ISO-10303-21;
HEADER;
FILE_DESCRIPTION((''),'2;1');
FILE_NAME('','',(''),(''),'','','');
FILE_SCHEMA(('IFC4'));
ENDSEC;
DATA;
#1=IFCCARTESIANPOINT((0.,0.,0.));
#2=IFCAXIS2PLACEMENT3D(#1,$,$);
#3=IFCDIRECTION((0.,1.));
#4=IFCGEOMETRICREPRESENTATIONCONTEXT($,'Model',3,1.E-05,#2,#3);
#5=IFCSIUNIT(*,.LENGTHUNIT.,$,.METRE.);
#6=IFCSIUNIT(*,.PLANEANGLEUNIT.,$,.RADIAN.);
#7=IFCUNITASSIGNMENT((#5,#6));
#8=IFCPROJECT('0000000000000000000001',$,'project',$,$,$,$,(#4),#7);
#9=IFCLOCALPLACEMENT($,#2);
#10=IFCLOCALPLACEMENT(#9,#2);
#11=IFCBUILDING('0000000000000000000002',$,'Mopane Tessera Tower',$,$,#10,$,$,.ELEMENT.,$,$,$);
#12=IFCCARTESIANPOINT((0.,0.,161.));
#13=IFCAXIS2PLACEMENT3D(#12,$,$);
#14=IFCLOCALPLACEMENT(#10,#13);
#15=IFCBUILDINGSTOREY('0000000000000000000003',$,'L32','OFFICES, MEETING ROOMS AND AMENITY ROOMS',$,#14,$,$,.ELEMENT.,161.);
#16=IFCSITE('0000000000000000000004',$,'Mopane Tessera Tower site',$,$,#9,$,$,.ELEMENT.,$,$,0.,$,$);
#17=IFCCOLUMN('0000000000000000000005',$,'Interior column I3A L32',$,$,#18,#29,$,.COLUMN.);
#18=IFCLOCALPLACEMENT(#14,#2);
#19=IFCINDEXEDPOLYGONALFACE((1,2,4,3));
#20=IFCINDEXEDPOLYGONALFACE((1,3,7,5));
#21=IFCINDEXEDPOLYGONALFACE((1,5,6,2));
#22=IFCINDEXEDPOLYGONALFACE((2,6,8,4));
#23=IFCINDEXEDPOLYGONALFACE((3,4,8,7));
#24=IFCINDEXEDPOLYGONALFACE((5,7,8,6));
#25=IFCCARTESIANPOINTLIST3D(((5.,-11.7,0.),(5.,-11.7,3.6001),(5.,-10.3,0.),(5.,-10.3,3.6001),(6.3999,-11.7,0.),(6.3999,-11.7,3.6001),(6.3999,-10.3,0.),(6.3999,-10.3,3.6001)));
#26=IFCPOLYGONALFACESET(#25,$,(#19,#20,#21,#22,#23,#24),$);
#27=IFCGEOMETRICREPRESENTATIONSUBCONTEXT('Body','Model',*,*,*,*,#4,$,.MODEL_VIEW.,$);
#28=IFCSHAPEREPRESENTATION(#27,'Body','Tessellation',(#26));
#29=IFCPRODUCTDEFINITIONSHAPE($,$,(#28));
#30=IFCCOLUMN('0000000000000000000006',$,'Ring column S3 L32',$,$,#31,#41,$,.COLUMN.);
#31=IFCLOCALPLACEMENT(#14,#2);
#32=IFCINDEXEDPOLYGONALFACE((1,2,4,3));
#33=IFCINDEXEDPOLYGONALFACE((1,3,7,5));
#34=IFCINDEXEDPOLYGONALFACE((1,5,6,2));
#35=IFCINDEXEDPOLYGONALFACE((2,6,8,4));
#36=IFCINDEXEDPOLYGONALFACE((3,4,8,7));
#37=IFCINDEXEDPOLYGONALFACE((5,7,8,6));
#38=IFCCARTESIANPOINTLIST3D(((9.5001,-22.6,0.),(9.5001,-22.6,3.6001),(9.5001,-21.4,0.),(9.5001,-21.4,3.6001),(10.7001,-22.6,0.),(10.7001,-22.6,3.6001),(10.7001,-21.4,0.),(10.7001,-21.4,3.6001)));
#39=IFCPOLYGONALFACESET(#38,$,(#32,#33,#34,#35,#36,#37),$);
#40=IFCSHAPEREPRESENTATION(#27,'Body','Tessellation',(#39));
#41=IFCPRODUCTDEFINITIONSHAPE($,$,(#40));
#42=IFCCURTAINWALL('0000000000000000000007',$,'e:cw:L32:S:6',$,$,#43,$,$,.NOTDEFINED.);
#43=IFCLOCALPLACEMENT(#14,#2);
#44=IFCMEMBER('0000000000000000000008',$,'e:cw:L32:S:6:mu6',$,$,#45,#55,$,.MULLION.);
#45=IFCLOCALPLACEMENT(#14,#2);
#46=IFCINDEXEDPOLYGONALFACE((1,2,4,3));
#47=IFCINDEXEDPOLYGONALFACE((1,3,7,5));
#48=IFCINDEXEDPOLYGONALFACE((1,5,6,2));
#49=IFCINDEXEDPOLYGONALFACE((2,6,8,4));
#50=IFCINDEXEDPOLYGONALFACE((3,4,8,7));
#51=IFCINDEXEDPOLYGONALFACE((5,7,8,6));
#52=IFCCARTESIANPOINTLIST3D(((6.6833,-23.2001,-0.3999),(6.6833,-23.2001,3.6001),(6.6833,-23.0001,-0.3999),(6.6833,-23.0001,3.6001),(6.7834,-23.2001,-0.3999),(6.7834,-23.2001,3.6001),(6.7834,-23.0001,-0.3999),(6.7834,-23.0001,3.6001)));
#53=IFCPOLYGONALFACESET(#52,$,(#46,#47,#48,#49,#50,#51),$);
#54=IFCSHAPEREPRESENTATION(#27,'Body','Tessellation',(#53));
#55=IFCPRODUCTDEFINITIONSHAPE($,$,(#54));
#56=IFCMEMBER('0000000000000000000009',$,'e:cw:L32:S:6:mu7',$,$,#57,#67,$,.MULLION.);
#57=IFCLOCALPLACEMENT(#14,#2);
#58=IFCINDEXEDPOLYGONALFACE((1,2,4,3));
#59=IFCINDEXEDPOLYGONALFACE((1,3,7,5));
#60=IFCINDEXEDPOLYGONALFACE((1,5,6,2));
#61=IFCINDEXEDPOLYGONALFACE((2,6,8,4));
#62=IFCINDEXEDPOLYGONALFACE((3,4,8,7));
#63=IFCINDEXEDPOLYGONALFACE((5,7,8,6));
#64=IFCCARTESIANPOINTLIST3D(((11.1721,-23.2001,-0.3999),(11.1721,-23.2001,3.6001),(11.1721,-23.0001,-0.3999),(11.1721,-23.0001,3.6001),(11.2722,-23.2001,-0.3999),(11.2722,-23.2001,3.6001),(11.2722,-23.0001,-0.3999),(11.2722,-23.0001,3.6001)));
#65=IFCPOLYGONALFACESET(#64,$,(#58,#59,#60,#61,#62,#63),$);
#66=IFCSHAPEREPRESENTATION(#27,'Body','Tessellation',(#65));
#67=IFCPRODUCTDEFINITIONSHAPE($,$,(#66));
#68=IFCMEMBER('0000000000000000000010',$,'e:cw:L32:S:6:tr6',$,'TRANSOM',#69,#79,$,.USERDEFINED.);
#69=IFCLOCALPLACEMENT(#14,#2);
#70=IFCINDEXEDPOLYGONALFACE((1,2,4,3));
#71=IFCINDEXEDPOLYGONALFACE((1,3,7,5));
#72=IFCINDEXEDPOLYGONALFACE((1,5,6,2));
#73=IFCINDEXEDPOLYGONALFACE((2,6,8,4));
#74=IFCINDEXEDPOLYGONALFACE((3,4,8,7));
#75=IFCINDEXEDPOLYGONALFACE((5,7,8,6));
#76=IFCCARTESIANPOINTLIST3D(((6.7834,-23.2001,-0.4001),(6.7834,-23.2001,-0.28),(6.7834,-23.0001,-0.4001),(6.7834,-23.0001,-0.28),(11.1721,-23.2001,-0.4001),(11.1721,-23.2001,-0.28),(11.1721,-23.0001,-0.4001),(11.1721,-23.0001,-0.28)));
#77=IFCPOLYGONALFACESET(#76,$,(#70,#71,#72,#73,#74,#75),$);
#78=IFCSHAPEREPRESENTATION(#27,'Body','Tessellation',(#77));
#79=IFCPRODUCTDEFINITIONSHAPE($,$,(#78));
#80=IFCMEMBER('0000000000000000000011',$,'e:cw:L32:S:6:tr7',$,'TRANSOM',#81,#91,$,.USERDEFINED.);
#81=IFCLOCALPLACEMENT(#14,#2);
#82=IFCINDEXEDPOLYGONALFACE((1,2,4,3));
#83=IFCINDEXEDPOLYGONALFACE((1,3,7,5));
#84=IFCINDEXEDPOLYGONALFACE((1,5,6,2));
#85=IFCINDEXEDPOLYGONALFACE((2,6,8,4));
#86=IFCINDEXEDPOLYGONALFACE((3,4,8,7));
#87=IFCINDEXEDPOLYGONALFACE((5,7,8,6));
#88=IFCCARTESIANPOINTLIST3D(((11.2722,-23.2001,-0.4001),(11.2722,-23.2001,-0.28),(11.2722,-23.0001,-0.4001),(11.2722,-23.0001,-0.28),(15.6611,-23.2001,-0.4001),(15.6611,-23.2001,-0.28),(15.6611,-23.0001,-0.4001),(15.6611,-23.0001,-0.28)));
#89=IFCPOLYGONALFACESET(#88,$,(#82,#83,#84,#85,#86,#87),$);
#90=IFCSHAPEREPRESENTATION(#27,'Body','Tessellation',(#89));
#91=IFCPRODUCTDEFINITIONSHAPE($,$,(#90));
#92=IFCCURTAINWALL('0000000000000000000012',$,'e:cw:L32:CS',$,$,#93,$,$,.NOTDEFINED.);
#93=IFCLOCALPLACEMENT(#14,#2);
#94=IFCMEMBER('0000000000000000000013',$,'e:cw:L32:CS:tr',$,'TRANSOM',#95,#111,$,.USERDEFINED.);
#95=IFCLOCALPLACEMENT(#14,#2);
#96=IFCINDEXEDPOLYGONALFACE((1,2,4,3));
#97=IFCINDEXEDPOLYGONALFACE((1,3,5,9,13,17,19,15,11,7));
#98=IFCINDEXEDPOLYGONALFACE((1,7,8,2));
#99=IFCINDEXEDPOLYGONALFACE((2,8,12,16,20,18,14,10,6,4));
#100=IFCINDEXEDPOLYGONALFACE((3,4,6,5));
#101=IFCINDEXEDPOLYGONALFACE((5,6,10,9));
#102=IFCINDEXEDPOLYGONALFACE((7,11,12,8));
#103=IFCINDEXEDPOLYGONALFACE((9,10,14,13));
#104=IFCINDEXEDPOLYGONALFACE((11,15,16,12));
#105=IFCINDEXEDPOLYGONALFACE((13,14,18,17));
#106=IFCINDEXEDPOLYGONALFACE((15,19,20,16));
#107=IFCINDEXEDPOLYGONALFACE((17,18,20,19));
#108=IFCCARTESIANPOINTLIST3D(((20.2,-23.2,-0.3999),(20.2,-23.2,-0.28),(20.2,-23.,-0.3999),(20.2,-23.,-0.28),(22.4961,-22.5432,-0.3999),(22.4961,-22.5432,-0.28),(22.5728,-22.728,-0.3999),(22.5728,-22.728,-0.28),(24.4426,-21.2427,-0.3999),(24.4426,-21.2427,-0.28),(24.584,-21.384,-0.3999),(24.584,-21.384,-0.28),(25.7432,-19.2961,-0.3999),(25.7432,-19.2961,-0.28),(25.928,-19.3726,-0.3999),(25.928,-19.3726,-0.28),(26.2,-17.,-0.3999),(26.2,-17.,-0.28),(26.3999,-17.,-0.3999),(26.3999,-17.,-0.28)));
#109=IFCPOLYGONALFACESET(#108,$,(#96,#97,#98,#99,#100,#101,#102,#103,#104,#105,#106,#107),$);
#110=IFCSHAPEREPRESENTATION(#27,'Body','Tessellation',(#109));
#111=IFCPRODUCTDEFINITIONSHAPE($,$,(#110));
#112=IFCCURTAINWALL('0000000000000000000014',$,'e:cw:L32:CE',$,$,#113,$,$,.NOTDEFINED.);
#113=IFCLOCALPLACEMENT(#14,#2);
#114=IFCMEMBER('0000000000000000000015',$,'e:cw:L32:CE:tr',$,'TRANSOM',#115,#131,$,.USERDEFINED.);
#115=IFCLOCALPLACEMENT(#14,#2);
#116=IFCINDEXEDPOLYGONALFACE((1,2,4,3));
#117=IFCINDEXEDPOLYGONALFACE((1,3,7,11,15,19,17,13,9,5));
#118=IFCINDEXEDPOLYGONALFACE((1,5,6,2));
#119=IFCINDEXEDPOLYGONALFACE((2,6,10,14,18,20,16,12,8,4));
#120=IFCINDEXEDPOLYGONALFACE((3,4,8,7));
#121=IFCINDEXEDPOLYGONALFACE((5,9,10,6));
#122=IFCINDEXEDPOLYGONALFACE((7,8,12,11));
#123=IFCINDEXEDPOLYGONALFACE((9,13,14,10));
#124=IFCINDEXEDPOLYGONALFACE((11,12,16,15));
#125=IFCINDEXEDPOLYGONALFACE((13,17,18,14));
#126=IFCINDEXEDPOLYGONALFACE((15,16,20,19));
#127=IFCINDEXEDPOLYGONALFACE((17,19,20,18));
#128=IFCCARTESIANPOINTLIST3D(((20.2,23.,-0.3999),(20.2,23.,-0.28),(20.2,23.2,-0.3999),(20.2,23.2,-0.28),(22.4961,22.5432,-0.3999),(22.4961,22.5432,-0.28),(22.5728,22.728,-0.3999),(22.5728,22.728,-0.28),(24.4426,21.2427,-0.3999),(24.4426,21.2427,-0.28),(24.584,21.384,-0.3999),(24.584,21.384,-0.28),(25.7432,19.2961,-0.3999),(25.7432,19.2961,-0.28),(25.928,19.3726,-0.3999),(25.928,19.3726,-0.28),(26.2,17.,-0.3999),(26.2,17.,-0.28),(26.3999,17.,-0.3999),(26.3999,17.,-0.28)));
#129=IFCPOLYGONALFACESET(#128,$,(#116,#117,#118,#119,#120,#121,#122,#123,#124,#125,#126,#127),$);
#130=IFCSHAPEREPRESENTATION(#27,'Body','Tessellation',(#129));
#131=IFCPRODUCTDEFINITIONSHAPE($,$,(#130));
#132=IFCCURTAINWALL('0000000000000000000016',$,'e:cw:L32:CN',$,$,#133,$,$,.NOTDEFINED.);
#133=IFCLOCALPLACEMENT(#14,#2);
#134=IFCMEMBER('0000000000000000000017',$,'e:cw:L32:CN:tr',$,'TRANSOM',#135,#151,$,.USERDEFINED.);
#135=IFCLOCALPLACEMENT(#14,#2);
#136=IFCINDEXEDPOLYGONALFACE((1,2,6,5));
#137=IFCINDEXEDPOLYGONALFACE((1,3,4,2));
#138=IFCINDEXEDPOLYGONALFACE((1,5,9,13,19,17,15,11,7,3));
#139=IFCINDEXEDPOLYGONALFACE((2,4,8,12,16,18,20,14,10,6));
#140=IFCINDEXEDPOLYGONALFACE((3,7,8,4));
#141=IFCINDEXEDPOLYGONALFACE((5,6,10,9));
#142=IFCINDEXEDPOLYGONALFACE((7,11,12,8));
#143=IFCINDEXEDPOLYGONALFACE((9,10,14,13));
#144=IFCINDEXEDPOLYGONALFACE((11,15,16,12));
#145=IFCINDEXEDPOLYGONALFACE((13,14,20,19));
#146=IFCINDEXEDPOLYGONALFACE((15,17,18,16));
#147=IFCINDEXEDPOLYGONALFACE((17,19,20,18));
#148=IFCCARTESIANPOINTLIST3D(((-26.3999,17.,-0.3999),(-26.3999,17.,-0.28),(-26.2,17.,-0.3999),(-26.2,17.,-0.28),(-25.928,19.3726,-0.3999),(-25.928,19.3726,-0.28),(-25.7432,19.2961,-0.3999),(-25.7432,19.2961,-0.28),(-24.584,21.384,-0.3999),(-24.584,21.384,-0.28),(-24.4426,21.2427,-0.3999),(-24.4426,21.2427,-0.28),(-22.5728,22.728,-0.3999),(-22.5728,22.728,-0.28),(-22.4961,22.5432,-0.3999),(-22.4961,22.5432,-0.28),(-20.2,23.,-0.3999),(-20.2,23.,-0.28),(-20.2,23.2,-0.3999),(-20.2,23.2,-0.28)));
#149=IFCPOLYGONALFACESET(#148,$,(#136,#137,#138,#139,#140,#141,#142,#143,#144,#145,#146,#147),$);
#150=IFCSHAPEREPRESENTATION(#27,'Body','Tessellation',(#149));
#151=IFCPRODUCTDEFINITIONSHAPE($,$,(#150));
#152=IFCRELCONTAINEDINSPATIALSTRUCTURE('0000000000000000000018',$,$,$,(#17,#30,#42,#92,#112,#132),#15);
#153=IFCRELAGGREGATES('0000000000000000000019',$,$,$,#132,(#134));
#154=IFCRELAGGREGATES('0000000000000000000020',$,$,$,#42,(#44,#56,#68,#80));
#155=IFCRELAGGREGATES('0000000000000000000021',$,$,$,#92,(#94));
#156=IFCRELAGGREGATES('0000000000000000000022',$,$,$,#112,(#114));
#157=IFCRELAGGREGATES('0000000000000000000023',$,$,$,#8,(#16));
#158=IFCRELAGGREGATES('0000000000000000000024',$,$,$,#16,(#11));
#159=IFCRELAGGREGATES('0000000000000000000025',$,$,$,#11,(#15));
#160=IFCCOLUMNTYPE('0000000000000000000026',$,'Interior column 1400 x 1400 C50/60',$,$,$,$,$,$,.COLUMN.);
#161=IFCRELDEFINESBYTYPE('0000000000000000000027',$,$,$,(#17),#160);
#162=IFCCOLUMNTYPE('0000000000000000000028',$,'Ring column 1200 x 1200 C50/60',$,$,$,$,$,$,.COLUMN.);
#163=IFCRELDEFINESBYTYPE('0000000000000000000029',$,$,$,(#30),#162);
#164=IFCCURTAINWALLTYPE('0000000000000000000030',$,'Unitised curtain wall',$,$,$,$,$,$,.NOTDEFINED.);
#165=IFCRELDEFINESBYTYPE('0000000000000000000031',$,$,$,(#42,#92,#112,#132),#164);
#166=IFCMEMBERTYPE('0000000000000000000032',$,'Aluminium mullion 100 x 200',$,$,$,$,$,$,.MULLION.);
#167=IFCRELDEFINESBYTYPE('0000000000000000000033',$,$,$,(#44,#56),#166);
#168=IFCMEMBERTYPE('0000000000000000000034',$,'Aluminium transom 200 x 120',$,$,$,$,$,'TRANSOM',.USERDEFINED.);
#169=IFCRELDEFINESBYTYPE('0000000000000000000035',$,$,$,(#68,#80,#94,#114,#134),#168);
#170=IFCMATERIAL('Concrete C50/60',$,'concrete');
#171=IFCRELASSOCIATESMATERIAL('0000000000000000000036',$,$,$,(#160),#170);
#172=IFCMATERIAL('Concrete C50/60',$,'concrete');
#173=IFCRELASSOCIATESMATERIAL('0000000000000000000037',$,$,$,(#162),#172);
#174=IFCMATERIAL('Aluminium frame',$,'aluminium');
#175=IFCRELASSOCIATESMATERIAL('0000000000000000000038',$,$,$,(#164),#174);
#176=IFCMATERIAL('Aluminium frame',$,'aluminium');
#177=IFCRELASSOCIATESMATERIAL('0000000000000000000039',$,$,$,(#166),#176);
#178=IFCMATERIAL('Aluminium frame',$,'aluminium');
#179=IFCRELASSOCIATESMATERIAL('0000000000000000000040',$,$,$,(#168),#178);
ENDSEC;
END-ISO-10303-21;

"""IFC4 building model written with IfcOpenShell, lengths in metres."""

from ifc_helpers import new_model, si_unit, direction, frame, origin, origin_2d, place, context, subcontext, project, spatial, polyline, rectangle, outline, extrude, material, material_profile, profile_set, type_object, element, aggregate, save


model = new_model("IFC4")

# Units and contexts
model_context = context("Model", 3, precision=1e-05, world=origin(), true_north=direction((0.0, 1.0)))
body_context = subcontext(model_context, "Body", "Model", "MODEL_VIEW")
ifc_project = project(units=[si_unit("LENGTHUNIT", "METRE"), si_unit("PLANEANGLEUNIT", "RADIAN")], contexts=[model_context])

# Site, building, storey
site_placement = place(None, origin())
site = spatial("IfcSite", under=ifc_project, at=site_placement, Name="Mopane Tessera Tower site", CompositionType="ELEMENT", RefElevation=0.0)
building_placement = place(site_placement, origin())
building = spatial("IfcBuilding", under=site, at=building_placement, Name="Mopane Tessera Tower", CompositionType="ELEMENT")
storey_placement = place(building_placement, frame((0.0, 0.0, 161.0)))
storey = spatial("IfcBuildingStorey", under=building, at=storey_placement, Name="L32", Description="OFFICES, MEETING ROOMS AND AMENITY ROOMS", CompositionType="ELEMENT", Elevation=161.0)

# Columns
ifc_material_1 = material(Name="Concrete C50/60", Category="concrete")
ifc_material_profile_1 = material_profile(ifc_material_1, rectangle(XDim=1.3999, YDim=1.3999, at=origin_2d()))
ifc_profile_set_1 = profile_set([ifc_material_profile_1], Name="Concrete C50/60")
column_type_1 = type_object("IfcColumnType", Name="Interior column 1400 x 1400 C50/60", PredefinedType="COLUMN", material=ifc_profile_set_1)
column_1_placement = place(storey_placement, frame((5.7, -11.0, 0.0), z_axis=(0.0, 0.0, 1.0), x_axis=(1.0, 0.0, 0.0)))
element("IfcColumn", 1, at=column_1_placement, inside=storey, type_object=column_type_1, Name="Interior column I3A L32", PredefinedType="COLUMN", context=body_context, shape_type="SweptSolid", body=[
    extrude(rectangle(XDim=1.3999, YDim=1.3999, at=origin_2d()), origin(), (0.0, 0.0, 1.0), 3.6001),
])
ifc_material_2 = material(Name="Concrete C50/60", Category="concrete")
ifc_material_profile_2 = material_profile(ifc_material_2, rectangle(XDim=1.2, YDim=1.2, at=origin_2d()))
ifc_profile_set_2 = profile_set([ifc_material_profile_2], Name="Concrete C50/60")
column_type_2 = type_object("IfcColumnType", Name="Ring column 1200 x 1200 C50/60", PredefinedType="COLUMN", material=ifc_profile_set_2)
column_2_placement = place(storey_placement, frame((10.1001, -22.0, 0.0), z_axis=(0.0, 0.0, 1.0), x_axis=(1.0, 0.0, 0.0)))
element("IfcColumn", 2, at=column_2_placement, inside=storey, type_object=column_type_2, Name="Ring column S3 L32", PredefinedType="COLUMN", context=body_context, shape_type="SweptSolid", body=[
    extrude(rectangle(XDim=1.2, YDim=1.2, at=origin_2d()), origin(), (0.0, 0.0, 1.0), 3.6001),
])

# Curtain wall, members
ifc_material_3 = material(Name="Aluminium frame", Category="aluminium")
curtain_wall_type = type_object("IfcCurtainWallType", Name="Unitised curtain wall", PredefinedType="NOTDEFINED", material=ifc_material_3)
curtain_wall_1_placement = place(storey_placement, origin())
curtain_wall_1 = element("IfcCurtainWall", 3, at=curtain_wall_1_placement, inside=storey, type_object=curtain_wall_type, Name="e:cw:L32:S:6", PredefinedType="NOTDEFINED")
ifc_material_4 = material(Name="Aluminium frame", Category="aluminium")
ifc_material_profile_3 = material_profile(ifc_material_4, rectangle(XDim=0.1001, YDim=0.2, at=origin_2d()))
ifc_profile_set_3 = profile_set([ifc_material_profile_3], Name="Aluminium frame")
member_type_1 = type_object("IfcMemberType", Name="Aluminium mullion 100 x 200", PredefinedType="MULLION", material=ifc_profile_set_3)
member_1_placement = place(storey_placement, frame((6.7334, -23.1001, -0.3999), z_axis=(0.0, 0.0, 1.0), x_axis=(1.0, 0.0, 0.0)))
member_1 = element("IfcMember", 4, at=member_1_placement, type_object=member_type_1, Name="e:cw:L32:S:6:mu6", PredefinedType="MULLION", context=body_context, shape_type="SweptSolid", body=[
    extrude(rectangle(XDim=0.1001, YDim=0.2, at=origin_2d()), origin(), (0.0, 0.0, 1.0), 4.0),
])
member_2_placement = place(storey_placement, frame((11.2222, -23.1001, -0.3999), z_axis=(0.0, 0.0, 1.0), x_axis=(1.0, 0.0, 0.0)))
member_2 = element("IfcMember", 5, at=member_2_placement, type_object=member_type_1, Name="e:cw:L32:S:6:mu7", PredefinedType="MULLION", context=body_context, shape_type="SweptSolid", body=[
    extrude(rectangle(XDim=0.1001, YDim=0.2, at=origin_2d()), origin(), (0.0, 0.0, 1.0), 4.0),
])
ifc_material_5 = material(Name="Aluminium frame", Category="aluminium")
ifc_material_profile_4 = material_profile(ifc_material_5, rectangle(XDim=0.2, YDim=0.1201, at=origin_2d()))
ifc_profile_set_4 = profile_set([ifc_material_profile_4], Name="Aluminium frame")
member_type_2 = type_object("IfcMemberType", Name="Aluminium transom 200 x 120", ElementType="TRANSOM", PredefinedType="USERDEFINED", material=ifc_profile_set_4)
member_3_placement = place(storey_placement, frame((6.7834, -23.1001, -0.3401), z_axis=(1.0, 0.0, 0.0), x_axis=(0.0, 1.0, 0.0)))
member_3 = element("IfcMember", 6, at=member_3_placement, type_object=member_type_2, Name="e:cw:L32:S:6:tr6", ObjectType="TRANSOM", PredefinedType="USERDEFINED", context=body_context, shape_type="SweptSolid", body=[
    extrude(rectangle(XDim=0.2, YDim=0.1201, at=origin_2d()), origin(), (0.0, 0.0, 1.0), 4.3887),
])
member_4_placement = place(storey_placement, frame((11.2722, -23.1001, -0.3401), z_axis=(1.0, 0.0, 0.0), x_axis=(0.0, 1.0, 0.0)))
member_4 = element("IfcMember", 7, at=member_4_placement, type_object=member_type_2, Name="e:cw:L32:S:6:tr7", ObjectType="TRANSOM", PredefinedType="USERDEFINED", context=body_context, shape_type="SweptSolid", body=[
    extrude(rectangle(XDim=0.2, YDim=0.1201, at=origin_2d()), origin(), (0.0, 0.0, 1.0), 4.3889),
])

# Curtain walls, members
curtain_wall_2_placement = place(storey_placement, origin())
curtain_wall_2 = element("IfcCurtainWall", 8, at=curtain_wall_2_placement, inside=storey, type_object=curtain_wall_type, Name="e:cw:L32:CS", PredefinedType="NOTDEFINED")
member_5_placement = place(storey_placement, frame((0.0, 0.0, -0.3999)))
member_5 = element("IfcMember", 9, at=member_5_placement, type_object=member_type_2, Name="e:cw:L32:CS:tr", ObjectType="TRANSOM", PredefinedType="USERDEFINED", context=body_context, shape_type="SweptSolid", body=[
    extrude(outline(polyline([(20.2, -23.0), (22.4961, -22.5432), (24.4426, -21.2427), (25.7432, -19.2961), (26.2, -17.0), (26.3999, -17.0), (25.928, -19.3726), (24.584, -21.384), (22.5728, -22.728), (20.2, -23.2), (20.2, -23.0)])), origin(), (0.0, 0.0, 1.0), 0.1199),
])
curtain_wall_3_placement = place(storey_placement, origin())
curtain_wall_3 = element("IfcCurtainWall", 10, at=curtain_wall_3_placement, inside=storey, type_object=curtain_wall_type, Name="e:cw:L32:CE", PredefinedType="NOTDEFINED")
member_6_placement = place(storey_placement, frame((0.0, 0.0, -0.3999)))
member_6 = element("IfcMember", 11, at=member_6_placement, type_object=member_type_2, Name="e:cw:L32:CE:tr", ObjectType="TRANSOM", PredefinedType="USERDEFINED", context=body_context, shape_type="SweptSolid", body=[
    extrude(outline(polyline([(26.2, 17.0), (25.7432, 19.2961), (24.4426, 21.2427), (22.4961, 22.5432), (20.2, 23.0), (20.2, 23.2), (22.5728, 22.728), (24.584, 21.384), (25.928, 19.3726), (26.3999, 17.0), (26.2, 17.0)])), origin(), (0.0, 0.0, 1.0), 0.1199),
])
curtain_wall_4_placement = place(storey_placement, origin())
curtain_wall_4 = element("IfcCurtainWall", 12, at=curtain_wall_4_placement, inside=storey, type_object=curtain_wall_type, Name="e:cw:L32:CN", PredefinedType="NOTDEFINED")
member_7_placement = place(storey_placement, frame((0.0, 0.0, -0.3999)))
member_7 = element("IfcMember", 13, at=member_7_placement, type_object=member_type_2, Name="e:cw:L32:CN:tr", ObjectType="TRANSOM", PredefinedType="USERDEFINED", context=body_context, shape_type="SweptSolid", body=[
    extrude(outline(polyline([(-20.2, 23.0), (-22.4961, 22.5432), (-24.4426, 21.2427), (-25.7432, 19.2961), (-26.2, 17.0), (-26.3999, 17.0), (-25.928, 19.3726), (-24.584, 21.384), (-22.5728, 22.728), (-20.2, 23.2), (-20.2, 23.0)])), origin(), (0.0, 0.0, 1.0), 0.1199),
])
aggregate(curtain_wall_4, [member_7])

aggregate(curtain_wall_1, [member_1, member_2, member_3, member_4])
aggregate(curtain_wall_2, [member_5])
aggregate(curtain_wall_3, [member_6])

save(model, "model.ifc")
